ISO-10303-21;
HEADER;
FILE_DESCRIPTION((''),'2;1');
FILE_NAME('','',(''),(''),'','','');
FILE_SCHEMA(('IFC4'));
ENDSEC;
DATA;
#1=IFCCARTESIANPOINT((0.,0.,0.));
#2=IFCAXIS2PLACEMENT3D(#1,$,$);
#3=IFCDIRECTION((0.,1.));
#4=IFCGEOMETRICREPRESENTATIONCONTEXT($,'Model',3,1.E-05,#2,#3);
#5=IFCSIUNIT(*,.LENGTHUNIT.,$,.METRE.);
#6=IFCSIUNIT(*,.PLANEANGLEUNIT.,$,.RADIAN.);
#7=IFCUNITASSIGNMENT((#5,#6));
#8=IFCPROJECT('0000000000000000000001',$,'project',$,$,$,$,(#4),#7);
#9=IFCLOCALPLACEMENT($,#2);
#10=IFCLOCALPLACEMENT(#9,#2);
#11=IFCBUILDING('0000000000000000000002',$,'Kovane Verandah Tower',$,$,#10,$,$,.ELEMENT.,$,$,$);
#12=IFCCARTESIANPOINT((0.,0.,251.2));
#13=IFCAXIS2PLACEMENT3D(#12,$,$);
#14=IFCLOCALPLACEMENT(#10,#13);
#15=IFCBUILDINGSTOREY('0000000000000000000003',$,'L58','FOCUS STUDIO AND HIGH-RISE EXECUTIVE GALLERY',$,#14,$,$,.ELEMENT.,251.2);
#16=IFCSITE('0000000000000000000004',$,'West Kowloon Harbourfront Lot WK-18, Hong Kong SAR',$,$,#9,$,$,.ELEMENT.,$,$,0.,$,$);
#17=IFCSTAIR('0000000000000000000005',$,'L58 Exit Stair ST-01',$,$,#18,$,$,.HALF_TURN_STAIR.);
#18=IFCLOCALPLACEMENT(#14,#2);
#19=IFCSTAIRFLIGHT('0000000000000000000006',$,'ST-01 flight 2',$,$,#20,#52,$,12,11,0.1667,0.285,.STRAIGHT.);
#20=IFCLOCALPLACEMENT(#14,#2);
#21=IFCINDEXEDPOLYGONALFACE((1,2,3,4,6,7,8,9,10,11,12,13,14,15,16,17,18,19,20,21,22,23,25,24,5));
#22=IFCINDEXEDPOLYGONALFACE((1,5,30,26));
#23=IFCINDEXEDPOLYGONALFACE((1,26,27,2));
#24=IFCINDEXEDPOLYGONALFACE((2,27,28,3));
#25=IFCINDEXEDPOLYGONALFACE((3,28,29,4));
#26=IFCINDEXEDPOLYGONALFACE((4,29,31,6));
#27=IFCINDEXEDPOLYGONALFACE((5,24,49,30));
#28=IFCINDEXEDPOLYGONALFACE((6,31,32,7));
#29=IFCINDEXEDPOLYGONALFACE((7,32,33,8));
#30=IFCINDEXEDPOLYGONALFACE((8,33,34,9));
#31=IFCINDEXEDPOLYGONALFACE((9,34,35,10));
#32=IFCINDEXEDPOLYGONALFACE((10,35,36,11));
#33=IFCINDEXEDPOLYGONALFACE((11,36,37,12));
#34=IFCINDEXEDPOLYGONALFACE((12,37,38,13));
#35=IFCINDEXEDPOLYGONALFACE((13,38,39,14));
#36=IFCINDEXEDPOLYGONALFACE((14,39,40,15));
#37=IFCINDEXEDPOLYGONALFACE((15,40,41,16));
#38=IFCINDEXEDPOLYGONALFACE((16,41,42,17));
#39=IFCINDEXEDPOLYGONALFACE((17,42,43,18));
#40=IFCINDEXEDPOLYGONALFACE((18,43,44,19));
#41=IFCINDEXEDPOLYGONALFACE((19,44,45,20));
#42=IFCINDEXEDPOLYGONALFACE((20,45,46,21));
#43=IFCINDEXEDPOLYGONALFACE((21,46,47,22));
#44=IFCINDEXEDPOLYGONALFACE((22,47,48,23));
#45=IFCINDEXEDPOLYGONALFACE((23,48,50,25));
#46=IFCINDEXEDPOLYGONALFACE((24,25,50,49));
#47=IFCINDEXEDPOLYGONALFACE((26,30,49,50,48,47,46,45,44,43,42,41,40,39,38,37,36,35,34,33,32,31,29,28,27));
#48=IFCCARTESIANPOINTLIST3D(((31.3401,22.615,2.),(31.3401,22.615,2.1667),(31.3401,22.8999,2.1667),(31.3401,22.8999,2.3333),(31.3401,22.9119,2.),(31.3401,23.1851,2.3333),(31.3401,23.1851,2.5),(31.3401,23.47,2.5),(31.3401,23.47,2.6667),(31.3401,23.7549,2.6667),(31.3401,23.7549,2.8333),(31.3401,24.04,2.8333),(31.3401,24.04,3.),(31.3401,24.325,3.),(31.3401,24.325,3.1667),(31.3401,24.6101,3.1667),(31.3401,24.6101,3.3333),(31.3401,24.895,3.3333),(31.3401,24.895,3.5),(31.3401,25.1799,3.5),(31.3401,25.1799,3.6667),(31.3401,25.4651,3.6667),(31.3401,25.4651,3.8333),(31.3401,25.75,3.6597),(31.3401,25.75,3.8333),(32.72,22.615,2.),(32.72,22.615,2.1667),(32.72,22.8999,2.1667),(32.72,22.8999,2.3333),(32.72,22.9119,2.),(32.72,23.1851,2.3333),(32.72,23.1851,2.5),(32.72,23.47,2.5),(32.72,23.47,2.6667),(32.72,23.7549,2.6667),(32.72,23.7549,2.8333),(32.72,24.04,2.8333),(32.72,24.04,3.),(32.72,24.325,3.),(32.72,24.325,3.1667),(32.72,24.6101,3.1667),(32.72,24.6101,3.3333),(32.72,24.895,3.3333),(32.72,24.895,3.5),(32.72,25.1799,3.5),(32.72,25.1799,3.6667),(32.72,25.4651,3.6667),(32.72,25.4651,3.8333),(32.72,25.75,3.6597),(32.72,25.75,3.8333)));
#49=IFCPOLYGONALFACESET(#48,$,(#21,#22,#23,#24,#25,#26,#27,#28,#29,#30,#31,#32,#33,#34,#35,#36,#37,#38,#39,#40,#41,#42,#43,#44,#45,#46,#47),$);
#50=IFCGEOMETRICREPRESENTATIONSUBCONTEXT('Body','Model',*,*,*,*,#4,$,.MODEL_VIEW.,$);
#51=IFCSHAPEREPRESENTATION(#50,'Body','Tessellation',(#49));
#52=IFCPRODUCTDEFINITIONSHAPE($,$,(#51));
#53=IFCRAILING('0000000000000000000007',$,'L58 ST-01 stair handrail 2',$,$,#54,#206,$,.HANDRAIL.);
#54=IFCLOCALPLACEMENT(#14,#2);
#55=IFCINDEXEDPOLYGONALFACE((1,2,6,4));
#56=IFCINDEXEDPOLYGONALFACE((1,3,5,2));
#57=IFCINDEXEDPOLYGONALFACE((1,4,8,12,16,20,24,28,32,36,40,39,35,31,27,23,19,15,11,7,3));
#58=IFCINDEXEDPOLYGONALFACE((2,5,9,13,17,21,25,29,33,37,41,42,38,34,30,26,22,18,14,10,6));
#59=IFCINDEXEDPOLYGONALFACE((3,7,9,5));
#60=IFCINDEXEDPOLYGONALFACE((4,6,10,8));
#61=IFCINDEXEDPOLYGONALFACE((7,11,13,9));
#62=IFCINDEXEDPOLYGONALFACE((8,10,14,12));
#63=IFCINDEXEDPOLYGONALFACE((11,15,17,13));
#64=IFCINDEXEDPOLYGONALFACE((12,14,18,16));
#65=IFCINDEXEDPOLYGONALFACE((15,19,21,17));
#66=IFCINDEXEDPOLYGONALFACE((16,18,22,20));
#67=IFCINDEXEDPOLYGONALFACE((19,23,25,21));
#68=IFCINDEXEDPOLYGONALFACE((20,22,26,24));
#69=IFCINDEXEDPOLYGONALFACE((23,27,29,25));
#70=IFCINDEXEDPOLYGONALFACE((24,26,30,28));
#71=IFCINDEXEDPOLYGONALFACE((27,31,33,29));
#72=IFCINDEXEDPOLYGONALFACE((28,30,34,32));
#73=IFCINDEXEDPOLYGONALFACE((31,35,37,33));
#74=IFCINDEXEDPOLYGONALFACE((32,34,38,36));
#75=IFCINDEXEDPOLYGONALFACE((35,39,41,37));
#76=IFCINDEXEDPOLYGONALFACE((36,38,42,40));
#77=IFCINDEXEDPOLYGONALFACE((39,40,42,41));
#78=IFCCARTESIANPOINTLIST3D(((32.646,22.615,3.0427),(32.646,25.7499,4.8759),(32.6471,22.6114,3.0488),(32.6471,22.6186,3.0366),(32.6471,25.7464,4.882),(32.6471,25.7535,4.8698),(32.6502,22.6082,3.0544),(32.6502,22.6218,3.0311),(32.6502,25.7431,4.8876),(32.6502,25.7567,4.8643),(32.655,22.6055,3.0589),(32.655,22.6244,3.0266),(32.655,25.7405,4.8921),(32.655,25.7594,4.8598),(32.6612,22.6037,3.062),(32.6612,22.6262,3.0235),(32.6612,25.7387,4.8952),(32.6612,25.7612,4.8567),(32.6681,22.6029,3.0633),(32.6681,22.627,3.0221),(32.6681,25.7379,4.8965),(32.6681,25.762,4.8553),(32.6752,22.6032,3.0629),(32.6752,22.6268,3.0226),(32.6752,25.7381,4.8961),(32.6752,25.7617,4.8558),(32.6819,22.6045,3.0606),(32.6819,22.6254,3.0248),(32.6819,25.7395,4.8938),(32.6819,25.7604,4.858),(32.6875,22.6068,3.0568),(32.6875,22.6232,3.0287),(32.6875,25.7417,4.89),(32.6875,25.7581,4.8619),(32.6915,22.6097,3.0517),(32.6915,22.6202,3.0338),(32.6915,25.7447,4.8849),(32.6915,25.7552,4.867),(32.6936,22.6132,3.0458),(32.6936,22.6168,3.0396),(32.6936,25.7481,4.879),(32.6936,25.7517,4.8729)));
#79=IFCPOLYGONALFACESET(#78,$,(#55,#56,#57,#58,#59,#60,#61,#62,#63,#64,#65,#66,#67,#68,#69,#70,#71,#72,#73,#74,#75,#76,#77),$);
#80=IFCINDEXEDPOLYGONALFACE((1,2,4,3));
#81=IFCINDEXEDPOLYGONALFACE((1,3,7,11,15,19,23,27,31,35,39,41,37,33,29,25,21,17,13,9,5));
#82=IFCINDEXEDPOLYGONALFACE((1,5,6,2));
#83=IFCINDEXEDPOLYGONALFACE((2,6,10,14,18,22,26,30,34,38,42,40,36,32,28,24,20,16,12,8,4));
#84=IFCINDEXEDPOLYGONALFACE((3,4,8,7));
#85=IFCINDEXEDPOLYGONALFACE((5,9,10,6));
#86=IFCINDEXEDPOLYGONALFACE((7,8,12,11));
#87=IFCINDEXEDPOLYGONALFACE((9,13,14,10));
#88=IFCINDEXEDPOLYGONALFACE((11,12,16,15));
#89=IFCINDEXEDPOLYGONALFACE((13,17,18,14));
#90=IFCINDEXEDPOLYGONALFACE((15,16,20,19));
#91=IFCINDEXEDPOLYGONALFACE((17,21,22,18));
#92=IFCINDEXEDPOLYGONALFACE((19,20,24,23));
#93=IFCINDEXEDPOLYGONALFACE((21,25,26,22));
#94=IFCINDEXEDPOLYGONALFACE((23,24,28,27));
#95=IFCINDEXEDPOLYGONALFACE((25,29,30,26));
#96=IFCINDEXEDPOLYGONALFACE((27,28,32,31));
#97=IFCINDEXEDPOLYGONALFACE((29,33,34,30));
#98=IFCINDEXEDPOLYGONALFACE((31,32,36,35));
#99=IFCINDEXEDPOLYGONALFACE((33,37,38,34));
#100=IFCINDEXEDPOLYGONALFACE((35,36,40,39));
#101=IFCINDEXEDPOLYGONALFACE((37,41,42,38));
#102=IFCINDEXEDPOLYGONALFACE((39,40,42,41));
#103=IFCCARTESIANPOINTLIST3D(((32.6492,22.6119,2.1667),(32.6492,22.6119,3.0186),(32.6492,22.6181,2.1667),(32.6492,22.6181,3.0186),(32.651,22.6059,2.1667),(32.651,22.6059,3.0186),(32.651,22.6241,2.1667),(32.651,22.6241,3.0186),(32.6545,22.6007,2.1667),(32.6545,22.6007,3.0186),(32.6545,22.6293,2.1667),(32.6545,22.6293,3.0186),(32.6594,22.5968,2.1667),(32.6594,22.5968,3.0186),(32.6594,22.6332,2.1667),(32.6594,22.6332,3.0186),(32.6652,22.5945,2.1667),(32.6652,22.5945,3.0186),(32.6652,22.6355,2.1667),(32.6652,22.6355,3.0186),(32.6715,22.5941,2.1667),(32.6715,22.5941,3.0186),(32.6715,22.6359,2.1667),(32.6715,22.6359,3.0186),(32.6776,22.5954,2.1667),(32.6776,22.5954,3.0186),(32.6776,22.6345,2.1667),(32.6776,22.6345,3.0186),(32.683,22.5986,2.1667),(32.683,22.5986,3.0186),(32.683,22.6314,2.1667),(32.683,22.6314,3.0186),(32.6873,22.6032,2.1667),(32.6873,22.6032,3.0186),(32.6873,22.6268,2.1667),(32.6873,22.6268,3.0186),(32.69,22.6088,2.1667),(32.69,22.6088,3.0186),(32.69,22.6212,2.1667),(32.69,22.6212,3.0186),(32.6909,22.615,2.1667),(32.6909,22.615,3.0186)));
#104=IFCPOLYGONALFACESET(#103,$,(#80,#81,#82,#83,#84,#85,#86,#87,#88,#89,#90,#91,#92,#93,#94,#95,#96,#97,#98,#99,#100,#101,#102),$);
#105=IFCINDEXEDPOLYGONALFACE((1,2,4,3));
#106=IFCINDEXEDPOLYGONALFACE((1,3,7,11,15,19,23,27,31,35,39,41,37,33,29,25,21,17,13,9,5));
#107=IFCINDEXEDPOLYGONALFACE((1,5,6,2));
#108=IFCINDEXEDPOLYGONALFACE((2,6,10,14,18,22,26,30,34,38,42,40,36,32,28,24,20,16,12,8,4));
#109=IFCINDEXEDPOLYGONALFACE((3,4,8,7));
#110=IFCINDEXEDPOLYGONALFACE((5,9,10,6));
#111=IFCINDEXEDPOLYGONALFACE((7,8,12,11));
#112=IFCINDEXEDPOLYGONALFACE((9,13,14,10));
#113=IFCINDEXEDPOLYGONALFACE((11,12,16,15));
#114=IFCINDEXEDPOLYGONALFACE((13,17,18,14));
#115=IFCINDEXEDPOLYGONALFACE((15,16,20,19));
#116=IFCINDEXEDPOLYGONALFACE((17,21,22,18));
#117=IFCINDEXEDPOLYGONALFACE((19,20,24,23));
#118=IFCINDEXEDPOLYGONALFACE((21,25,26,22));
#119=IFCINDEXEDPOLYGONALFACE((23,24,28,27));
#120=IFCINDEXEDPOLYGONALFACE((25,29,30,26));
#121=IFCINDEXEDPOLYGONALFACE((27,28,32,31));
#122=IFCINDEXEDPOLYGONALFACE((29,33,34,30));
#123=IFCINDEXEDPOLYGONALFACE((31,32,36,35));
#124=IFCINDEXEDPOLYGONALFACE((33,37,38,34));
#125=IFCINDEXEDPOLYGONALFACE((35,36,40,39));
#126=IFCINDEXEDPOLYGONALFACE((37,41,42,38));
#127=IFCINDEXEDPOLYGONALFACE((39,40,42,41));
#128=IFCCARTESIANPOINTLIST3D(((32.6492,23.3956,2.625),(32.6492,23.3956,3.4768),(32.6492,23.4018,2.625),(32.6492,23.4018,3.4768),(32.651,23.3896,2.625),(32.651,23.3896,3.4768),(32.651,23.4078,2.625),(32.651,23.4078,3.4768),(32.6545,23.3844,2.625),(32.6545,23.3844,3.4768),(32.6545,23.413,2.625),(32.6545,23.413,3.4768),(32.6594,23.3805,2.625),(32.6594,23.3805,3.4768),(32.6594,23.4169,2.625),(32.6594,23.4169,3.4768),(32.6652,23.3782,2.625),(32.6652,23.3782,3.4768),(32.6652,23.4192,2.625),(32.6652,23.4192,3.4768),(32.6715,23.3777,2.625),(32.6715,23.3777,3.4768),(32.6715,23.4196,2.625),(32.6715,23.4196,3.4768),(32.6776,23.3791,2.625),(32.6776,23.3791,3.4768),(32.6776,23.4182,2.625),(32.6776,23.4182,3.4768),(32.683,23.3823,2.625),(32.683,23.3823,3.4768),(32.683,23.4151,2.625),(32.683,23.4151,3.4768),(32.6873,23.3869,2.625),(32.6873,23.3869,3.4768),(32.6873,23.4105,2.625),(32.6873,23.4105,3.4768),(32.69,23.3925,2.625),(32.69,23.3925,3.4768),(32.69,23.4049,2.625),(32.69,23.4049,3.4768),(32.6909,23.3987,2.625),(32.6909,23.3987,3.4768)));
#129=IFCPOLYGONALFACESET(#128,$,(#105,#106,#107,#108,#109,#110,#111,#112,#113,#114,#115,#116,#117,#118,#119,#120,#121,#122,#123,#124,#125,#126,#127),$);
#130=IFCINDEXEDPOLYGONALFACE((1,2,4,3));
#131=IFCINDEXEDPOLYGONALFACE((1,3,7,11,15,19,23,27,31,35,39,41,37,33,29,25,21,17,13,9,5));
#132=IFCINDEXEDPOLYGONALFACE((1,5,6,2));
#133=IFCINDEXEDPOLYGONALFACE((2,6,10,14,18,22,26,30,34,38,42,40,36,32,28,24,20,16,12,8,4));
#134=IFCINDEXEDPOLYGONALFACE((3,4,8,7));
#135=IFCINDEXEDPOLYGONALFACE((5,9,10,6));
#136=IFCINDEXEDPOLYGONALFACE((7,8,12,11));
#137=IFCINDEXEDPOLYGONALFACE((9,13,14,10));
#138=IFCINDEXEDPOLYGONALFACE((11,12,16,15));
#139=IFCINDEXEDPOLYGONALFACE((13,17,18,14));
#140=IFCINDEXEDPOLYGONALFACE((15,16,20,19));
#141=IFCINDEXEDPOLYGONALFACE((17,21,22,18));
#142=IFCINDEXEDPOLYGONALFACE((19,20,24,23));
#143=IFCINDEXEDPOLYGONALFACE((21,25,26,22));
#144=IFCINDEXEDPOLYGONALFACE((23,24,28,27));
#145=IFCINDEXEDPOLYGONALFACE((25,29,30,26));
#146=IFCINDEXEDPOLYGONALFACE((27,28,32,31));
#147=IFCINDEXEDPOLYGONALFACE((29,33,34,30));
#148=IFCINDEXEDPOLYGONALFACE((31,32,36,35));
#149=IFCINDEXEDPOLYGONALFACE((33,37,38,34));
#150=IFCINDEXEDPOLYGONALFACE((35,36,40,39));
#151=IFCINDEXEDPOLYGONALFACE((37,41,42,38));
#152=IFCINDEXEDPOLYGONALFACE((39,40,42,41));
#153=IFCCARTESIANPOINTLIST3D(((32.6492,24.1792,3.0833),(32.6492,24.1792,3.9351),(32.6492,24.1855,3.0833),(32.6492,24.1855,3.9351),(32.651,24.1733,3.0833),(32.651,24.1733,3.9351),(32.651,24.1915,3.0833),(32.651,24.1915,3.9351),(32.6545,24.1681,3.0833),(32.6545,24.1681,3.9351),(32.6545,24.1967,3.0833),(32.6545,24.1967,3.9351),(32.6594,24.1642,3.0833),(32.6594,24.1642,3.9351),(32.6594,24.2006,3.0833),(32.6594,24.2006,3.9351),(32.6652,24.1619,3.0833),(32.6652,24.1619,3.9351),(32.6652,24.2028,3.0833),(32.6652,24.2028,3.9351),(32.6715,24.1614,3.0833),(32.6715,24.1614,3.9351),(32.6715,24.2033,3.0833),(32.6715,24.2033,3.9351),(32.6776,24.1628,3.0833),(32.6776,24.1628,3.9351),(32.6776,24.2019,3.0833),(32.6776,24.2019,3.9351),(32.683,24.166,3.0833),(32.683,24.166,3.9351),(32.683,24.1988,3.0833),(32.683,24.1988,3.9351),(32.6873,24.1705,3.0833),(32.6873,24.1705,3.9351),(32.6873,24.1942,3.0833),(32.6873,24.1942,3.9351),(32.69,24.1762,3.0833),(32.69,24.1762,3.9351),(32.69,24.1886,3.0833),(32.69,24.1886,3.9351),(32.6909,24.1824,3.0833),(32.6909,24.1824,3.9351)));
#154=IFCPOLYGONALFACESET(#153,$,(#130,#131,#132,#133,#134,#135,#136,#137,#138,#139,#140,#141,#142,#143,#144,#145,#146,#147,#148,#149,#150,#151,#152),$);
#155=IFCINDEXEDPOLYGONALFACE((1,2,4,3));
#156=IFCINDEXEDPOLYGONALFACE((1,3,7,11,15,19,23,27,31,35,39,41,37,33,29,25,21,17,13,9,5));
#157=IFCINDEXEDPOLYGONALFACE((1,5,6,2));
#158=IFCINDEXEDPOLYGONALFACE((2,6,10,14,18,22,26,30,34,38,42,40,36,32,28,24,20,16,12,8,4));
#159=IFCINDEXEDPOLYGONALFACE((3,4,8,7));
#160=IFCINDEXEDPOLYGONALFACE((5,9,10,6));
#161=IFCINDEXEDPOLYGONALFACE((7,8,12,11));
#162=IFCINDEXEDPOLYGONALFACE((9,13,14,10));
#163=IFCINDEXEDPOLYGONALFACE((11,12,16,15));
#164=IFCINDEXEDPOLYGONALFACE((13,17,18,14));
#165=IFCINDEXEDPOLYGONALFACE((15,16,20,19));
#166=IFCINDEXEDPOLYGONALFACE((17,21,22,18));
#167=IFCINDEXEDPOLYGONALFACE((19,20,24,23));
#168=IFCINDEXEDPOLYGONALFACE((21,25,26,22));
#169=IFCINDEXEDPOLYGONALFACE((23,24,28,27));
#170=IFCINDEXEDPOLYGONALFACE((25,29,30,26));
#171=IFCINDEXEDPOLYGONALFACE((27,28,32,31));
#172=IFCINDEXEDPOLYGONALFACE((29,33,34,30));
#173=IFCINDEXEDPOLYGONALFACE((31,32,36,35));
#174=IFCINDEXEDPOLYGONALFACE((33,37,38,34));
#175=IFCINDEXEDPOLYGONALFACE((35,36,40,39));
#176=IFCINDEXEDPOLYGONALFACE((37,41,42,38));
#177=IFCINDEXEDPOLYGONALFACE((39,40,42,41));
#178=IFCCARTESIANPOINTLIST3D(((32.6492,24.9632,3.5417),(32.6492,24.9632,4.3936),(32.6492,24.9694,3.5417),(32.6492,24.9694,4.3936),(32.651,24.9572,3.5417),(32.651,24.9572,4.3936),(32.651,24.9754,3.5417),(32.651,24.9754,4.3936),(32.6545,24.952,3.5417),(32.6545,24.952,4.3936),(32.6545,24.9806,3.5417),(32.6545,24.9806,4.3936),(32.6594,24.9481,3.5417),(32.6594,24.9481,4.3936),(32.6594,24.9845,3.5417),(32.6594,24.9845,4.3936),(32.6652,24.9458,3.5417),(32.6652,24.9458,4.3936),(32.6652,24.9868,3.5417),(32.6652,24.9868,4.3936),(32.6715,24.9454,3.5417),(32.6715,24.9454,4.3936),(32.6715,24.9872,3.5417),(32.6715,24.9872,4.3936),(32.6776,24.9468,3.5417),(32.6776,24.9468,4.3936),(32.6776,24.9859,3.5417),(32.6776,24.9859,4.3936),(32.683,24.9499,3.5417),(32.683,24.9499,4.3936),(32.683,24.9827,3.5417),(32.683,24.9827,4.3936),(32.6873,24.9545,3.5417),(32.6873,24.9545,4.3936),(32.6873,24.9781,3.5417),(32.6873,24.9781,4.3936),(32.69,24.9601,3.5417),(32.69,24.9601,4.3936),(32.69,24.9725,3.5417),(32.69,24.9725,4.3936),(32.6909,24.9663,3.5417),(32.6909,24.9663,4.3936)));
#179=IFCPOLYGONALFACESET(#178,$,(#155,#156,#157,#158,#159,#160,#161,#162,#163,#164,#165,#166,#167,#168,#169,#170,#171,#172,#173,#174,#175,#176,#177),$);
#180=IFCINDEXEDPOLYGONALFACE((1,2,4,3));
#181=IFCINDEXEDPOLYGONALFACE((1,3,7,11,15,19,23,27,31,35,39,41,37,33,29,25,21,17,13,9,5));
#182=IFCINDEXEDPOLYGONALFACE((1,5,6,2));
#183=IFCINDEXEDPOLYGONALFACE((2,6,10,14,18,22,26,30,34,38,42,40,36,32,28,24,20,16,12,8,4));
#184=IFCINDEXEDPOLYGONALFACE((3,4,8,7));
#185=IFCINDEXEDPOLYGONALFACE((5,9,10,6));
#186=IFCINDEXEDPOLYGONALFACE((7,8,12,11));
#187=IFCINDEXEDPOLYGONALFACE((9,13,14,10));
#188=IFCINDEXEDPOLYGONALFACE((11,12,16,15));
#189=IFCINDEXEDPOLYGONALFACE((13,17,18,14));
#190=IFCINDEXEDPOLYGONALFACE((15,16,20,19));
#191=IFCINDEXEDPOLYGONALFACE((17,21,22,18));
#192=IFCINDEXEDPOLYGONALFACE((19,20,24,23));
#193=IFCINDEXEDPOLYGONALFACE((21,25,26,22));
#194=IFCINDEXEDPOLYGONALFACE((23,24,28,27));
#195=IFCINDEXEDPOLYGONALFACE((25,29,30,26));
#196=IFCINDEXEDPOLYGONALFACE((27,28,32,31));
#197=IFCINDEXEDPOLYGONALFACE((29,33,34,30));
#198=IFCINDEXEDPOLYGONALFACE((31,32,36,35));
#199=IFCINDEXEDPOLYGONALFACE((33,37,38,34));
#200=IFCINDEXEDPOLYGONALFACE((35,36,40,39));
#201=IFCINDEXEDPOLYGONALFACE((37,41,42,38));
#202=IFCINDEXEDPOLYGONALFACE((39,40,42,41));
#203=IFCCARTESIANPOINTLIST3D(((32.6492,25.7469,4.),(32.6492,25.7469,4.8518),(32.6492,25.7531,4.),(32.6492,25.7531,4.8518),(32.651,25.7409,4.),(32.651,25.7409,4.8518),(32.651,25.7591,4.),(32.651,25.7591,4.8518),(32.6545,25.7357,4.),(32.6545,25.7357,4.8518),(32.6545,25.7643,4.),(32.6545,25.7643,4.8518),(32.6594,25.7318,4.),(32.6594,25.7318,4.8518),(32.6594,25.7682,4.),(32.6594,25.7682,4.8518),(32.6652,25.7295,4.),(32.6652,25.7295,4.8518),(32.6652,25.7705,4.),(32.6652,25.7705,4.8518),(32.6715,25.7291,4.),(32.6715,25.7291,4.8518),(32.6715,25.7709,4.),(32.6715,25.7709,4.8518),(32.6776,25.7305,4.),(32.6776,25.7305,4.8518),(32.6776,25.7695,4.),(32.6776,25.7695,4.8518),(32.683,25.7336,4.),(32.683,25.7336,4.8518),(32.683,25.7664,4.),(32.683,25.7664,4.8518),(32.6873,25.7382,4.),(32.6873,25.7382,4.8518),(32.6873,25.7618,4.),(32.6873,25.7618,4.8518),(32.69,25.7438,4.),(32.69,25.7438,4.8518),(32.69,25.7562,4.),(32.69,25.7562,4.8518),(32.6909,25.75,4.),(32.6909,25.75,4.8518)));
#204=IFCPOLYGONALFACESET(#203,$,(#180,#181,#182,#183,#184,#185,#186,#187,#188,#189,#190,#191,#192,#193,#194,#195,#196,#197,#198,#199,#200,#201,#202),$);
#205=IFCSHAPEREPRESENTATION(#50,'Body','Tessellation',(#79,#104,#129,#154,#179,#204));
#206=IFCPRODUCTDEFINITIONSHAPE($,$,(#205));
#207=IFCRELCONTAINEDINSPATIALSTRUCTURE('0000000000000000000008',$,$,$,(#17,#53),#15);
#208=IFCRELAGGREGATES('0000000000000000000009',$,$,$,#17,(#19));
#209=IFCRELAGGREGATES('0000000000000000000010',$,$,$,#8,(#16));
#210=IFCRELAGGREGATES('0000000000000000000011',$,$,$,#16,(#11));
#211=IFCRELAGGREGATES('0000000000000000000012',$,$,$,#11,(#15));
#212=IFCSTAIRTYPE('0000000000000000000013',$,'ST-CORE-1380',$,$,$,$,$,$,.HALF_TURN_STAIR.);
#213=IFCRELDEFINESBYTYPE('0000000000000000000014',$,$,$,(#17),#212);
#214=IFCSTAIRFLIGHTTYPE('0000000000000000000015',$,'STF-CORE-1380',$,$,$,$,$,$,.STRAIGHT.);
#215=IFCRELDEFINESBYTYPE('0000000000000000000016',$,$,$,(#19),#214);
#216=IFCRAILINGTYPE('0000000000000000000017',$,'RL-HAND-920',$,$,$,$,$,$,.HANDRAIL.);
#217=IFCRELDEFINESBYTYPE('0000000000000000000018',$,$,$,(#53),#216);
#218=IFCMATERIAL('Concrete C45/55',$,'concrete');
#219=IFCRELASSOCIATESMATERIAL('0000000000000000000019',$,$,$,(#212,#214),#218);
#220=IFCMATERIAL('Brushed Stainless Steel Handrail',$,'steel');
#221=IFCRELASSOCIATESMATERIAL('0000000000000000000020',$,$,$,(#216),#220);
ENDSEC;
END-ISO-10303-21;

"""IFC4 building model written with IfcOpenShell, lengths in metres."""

from ifc_helpers import new_model, si_unit, direction, frame, origin, origin_2d, place, context, subcontext, project, spatial, polyline, circle, outline, extrude, material, type_object, element, aggregate, save


model = new_model("IFC4")

# Units and contexts
model_context = context("Model", 3, precision=1e-05, world=origin(), true_north=direction((0.0, 1.0)))
body_context = subcontext(model_context, "Body", "Model", "MODEL_VIEW")
ifc_project = project(units=[si_unit("LENGTHUNIT", "METRE"), si_unit("PLANEANGLEUNIT", "RADIAN")], contexts=[model_context])

# Site, building, storey
site_placement = place(None, origin())
site = spatial("IfcSite", under=ifc_project, at=site_placement, Name="West Kowloon Harbourfront Lot WK-18, Hong Kong SAR", CompositionType="ELEMENT", RefElevation=0.0)
building_placement = place(site_placement, origin())
building = spatial("IfcBuilding", under=site, at=building_placement, Name="Kovane Verandah Tower", CompositionType="ELEMENT")
storey_placement = place(building_placement, frame((0.0, 0.0, 251.2)))
storey = spatial("IfcBuildingStorey", under=building, at=storey_placement, Name="L58", Description="FOCUS STUDIO AND HIGH-RISE EXECUTIVE GALLERY", CompositionType="ELEMENT", Elevation=251.2)

# Shared definitions
ifc_material_1 = material(Name="Concrete C45/55", Category="concrete")

# Stair, stair flight
stair_type = type_object("IfcStairType", Name="ST-CORE-1380", PredefinedType="HALF_TURN_STAIR", material=ifc_material_1)
stair_placement = place(storey_placement, origin())
stair = element("IfcStair", 1, at=stair_placement, inside=storey, type_object=stair_type, Name="L58 Exit Stair ST-01", PredefinedType="HALF_TURN_STAIR")
stair_flight_type = type_object("IfcStairFlightType", Name="STF-CORE-1380", PredefinedType="STRAIGHT", material=ifc_material_1)
stair_flight_placement = place(storey_placement, frame((32.03, 22.615, 2.0), z_axis=(0.0, 0.0, 1.0), x_axis=(0.0, 1.0, 0.0)))
stair_flight = element("IfcStairFlight", 2, at=stair_flight_placement, type_object=stair_flight_type, Name="ST-01 flight 2", NumberOfRisers=12, NumberOfTreads=11, PredefinedType="STRAIGHT", RiserHeight=0.1667, TreadLength=0.285, context=body_context, shape_type="SweptSolid", body=[
    extrude(outline(polyline([(0.0, 0.0), (0.0, 0.1667), (0.2849, 0.1667), (0.2849, 0.3333), (0.5701, 0.3333), (0.5701, 0.5), (0.855, 0.5), (0.855, 0.6667), (1.1399, 0.6667), (1.1399, 0.8333), (1.425, 0.8333), (1.425, 1.0), (1.71, 1.0), (1.71, 1.1667), (1.9951, 1.1667), (1.9951, 1.3333), (2.28, 1.3333), (2.28, 1.5), (2.5649, 1.5), (2.5649, 1.6667), (2.8501, 1.6667), (2.8501, 1.8333), (3.135, 1.8333), (3.135, 2.0), (3.135, 1.6597), (0.2969, 0.0), (0.0, 0.0)])), frame((0.0, 0.6899, 0.0), z_axis=(0.0, -1.0, 0.0), x_axis=(1.0, 0.0, 0.0)), (0.0, 0.0, 1.0), 1.3799),
])
aggregate(stair, [stair_flight])

# Railing
ifc_material_2 = material(Name="Brushed Stainless Steel Handrail", Category="steel")
railing_type_1 = type_object("IfcRailingType", Name="RL-HAND-920", PredefinedType="HANDRAIL", material=ifc_material_2)
railing_1_placement = place(storey_placement, frame((32.6699, 22.615, 2.1667)))
element("IfcRailing", 3, at=railing_1_placement, inside=storey, type_object=railing_type_1, Name="L58 ST-01 stair handrail 2", PredefinedType="HANDRAIL", context=body_context, shape_type="SweptSolid", body=[
    extrude(circle(Radius=0.0239, at=origin_2d()), frame((0.0, 0.0, 0.876), z_axis=(0.0, 0.86324, 0.504794), x_axis=(-1.0, 0.0, 0.0)), (0.0, 0.0, 1.0), 3.6316),
    extrude(circle(Radius=0.021, at=origin_2d()), origin(), (0.0, 0.0, 1.0), 0.8518),
    extrude(circle(Radius=0.021, at=origin_2d()), frame((0.0, 0.7837, 0.4583)), (0.0, 0.0, 1.0), 0.8518),
    extrude(circle(Radius=0.021, at=origin_2d()), frame((0.0, 1.5674, 0.9165)), (0.0, 0.0, 1.0), 0.8518),
    extrude(circle(Radius=0.021, at=origin_2d()), frame((0.0, 2.3513, 1.375)), (0.0, 0.0, 1.0), 0.8518),
    extrude(circle(Radius=0.021, at=origin_2d()), frame((0.0, 3.135, 1.8333)), (0.0, 0.0, 1.0), 0.8518),
])

save(model, "model.ifc")
